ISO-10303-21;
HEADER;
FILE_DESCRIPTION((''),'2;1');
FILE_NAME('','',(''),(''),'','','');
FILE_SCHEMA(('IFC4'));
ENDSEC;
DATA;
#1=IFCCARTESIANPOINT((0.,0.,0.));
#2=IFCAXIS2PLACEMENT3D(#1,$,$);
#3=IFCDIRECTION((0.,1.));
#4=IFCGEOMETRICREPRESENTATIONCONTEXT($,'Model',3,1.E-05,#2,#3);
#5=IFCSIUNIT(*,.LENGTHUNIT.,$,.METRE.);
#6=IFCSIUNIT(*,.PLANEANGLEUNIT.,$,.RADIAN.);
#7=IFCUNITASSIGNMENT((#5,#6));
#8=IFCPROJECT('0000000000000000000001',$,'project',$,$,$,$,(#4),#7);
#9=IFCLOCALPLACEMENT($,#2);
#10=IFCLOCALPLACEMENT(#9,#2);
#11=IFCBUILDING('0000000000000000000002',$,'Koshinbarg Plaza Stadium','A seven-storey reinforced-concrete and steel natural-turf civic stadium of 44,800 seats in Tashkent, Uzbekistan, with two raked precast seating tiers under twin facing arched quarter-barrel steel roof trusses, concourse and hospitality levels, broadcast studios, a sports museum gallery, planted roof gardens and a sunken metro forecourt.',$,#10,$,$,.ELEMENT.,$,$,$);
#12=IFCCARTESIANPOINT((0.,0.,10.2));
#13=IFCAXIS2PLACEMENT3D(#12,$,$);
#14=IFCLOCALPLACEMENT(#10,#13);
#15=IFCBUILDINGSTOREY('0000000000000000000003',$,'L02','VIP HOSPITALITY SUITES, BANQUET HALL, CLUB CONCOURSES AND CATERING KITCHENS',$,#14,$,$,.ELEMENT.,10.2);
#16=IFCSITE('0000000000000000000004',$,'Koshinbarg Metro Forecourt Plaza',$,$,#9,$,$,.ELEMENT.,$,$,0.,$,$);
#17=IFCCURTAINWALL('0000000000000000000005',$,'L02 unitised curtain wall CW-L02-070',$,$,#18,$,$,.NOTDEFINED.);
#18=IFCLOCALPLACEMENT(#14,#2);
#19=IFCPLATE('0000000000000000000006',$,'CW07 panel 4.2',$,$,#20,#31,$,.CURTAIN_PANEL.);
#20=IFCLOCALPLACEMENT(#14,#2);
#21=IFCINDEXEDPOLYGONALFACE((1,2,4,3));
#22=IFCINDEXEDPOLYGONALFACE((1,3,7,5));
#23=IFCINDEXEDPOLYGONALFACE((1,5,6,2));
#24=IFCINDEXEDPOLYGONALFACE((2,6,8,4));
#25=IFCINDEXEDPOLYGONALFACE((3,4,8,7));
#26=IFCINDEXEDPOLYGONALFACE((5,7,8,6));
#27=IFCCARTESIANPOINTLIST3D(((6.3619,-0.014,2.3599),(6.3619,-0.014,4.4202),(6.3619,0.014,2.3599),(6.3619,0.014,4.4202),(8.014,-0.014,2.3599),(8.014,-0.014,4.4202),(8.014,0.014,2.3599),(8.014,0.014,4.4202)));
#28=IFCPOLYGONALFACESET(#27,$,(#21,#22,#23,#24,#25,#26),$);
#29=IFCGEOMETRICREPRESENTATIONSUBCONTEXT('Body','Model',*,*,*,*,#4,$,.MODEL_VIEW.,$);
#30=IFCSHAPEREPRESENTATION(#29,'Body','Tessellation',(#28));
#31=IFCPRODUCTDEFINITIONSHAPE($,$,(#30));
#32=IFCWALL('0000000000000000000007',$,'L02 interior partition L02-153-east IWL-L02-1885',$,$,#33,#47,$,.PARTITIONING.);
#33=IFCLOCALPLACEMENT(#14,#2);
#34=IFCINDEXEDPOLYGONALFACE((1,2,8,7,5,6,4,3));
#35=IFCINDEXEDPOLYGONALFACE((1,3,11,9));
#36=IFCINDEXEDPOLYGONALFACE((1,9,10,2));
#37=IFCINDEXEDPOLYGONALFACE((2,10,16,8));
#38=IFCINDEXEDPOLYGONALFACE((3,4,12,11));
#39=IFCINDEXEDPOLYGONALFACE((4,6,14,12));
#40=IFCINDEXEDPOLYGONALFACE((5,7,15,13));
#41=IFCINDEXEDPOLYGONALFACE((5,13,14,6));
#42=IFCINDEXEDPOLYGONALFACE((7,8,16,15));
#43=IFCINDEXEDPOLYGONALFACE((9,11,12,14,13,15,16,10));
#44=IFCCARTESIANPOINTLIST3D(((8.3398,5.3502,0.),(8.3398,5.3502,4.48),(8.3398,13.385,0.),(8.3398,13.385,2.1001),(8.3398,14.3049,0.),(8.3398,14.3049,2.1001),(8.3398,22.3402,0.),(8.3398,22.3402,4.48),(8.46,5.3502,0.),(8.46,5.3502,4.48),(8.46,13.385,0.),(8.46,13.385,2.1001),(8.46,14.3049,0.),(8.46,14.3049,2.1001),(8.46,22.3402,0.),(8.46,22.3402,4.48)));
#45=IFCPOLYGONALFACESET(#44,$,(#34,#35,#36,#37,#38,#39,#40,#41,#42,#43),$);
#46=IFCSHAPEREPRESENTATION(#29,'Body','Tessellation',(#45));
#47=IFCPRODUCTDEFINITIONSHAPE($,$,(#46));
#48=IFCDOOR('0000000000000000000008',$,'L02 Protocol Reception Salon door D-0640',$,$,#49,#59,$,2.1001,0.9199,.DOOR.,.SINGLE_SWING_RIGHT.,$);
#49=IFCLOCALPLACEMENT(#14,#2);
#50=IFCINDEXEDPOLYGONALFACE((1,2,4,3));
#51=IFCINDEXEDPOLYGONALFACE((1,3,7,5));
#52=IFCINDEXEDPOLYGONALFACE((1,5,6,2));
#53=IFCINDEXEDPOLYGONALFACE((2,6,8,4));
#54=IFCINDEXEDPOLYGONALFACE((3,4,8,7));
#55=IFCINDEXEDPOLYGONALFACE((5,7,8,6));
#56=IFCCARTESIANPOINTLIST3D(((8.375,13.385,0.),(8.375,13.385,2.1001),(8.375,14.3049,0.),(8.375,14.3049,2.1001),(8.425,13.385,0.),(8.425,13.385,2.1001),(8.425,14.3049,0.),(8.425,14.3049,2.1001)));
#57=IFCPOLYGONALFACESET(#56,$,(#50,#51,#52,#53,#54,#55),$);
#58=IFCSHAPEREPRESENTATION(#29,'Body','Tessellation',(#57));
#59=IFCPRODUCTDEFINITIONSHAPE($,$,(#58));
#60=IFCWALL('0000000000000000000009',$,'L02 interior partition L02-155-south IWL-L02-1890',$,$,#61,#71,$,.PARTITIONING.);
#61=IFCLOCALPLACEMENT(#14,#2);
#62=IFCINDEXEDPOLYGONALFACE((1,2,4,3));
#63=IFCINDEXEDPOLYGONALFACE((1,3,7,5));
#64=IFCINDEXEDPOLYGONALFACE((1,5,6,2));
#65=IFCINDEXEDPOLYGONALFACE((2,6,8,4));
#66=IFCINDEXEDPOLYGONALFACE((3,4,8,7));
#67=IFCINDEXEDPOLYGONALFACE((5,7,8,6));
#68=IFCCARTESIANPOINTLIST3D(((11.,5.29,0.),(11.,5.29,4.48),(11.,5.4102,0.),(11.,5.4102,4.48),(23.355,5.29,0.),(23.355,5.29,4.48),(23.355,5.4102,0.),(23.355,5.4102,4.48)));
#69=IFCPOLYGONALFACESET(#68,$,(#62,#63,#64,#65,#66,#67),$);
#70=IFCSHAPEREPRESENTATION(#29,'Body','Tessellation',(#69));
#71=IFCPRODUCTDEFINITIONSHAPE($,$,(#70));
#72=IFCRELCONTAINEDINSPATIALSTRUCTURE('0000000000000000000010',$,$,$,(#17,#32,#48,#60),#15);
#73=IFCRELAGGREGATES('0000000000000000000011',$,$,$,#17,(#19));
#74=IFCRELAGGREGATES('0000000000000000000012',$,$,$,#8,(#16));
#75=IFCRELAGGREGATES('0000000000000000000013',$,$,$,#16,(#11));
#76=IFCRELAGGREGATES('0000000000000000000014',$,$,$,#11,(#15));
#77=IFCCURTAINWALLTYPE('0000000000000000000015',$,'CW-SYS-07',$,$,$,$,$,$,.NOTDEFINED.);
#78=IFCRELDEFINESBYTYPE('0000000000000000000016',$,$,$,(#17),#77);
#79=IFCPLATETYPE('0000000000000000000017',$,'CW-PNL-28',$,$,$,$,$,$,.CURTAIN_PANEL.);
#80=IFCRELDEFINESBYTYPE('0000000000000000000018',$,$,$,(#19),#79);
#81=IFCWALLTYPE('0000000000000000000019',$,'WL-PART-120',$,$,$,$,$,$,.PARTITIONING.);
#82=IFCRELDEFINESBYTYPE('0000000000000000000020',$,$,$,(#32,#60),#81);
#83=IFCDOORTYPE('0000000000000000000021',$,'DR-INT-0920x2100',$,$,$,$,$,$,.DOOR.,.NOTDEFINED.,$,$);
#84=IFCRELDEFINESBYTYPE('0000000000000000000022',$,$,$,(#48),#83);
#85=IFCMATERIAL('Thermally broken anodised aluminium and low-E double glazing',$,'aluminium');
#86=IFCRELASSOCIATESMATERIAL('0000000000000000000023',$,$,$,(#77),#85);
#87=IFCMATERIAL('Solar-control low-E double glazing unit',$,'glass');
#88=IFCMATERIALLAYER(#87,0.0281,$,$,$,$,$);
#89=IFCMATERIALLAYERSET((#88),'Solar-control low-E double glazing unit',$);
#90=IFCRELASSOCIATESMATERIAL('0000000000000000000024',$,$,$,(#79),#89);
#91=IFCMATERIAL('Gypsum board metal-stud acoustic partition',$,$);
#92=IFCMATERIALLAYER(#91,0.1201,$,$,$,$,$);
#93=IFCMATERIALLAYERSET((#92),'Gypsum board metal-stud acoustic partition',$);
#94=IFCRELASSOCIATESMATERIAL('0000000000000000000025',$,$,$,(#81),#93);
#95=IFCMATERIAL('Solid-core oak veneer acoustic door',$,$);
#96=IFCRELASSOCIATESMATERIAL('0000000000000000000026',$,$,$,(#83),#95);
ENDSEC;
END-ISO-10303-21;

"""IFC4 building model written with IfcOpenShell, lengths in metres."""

from ifc_helpers import new_model, si_unit, direction, frame, frame_2d, origin, origin_2d, place, context, subcontext, project, spatial, rectangle, extrude, material, layer, layer_set, type_object, element, fill, aggregate, save


model = new_model("IFC4")

# Units and contexts
model_context = context("Model", 3, precision=1e-05, world=origin(), true_north=direction((0.0, 1.0)))
body_context = subcontext(model_context, "Body", "Model", "MODEL_VIEW")
ifc_project = project(units=[si_unit("LENGTHUNIT", "METRE"), si_unit("PLANEANGLEUNIT", "RADIAN")], contexts=[model_context])

# Site, building, storey
site_placement = place(None, origin())
site = spatial("IfcSite", under=ifc_project, at=site_placement, Name="Koshinbarg Metro Forecourt Plaza", CompositionType="ELEMENT", RefElevation=0.0)
building_placement = place(site_placement, origin())
building = spatial("IfcBuilding", under=site, at=building_placement, Name="Koshinbarg Plaza Stadium", Description="A seven-storey reinforced-concrete and steel natural-turf civic stadium of 44,800 seats in Tashkent, Uzbekistan, with two raked precast seating tiers under twin facing arched quarter-barrel steel roof trusses, concourse and hospitality levels, broadcast studios, a sports museum gallery, planted roof gardens and a sunken metro forecourt.", CompositionType="ELEMENT")
storey_placement = place(building_placement, frame((0.0, 0.0, 10.2)))
storey = spatial("IfcBuildingStorey", under=building, at=storey_placement, Name="L02", Description="VIP HOSPITALITY SUITES, BANQUET HALL, CLUB CONCOURSES AND CATERING KITCHENS", CompositionType="ELEMENT", Elevation=10.2)

# Curtain wall, plate
ifc_material_1 = material(Name="Thermally broken anodised aluminium and low-E double glazing", Category="aluminium")
curtain_wall_type = type_object("IfcCurtainWallType", Name="CW-SYS-07", PredefinedType="NOTDEFINED", material=ifc_material_1)
curtain_wall_placement = place(storey_placement, origin())
curtain_wall = element("IfcCurtainWall", 1, at=curtain_wall_placement, inside=storey, type_object=curtain_wall_type, Name="L02 unitised curtain wall CW-L02-070", PredefinedType="NOTDEFINED")
ifc_material_2 = material(Name="Solar-control low-E double glazing unit", Category="glass")
ifc_layer_1 = layer(ifc_material_2, 0.0281)
ifc_layer_set_1 = layer_set([ifc_layer_1], Name="Solar-control low-E double glazing unit")
plate_type = type_object("IfcPlateType", Name="CW-PNL-28", PredefinedType="CURTAIN_PANEL", material=ifc_layer_set_1)
plate_1_placement = place(storey_placement, frame((7.188, 0.0, 2.3599), z_axis=(0.0, 0.0, 1.0), x_axis=(-1.0, 0.0, 0.0)))
plate_1 = element("IfcPlate", 2, at=plate_1_placement, type_object=plate_type, Name="CW07 panel 4.2", PredefinedType="CURTAIN_PANEL", context=body_context, shape_type="SweptSolid", body=[
    extrude(rectangle(XDim=1.6521, YDim=0.0281, at=origin_2d()), origin(), (0.0, 0.0, 1.0), 2.0603),
])
aggregate(curtain_wall, [plate_1])

# Wall, opening, door
ifc_material_3 = material(Name="Gypsum board metal-stud acoustic partition")
ifc_layer_2 = layer(ifc_material_3, 0.1201)
ifc_layer_set_2 = layer_set([ifc_layer_2], Name="Gypsum board metal-stud acoustic partition")
wall_type = type_object("IfcWallType", Name="WL-PART-120", PredefinedType="PARTITIONING", material=ifc_layer_set_2)
wall_1_placement = place(storey_placement, frame((8.3999, 5.3501, 0.0), z_axis=(0.0, 0.0, 1.0), x_axis=(0.0, 1.0, 0.0)))
wall_1 = element("IfcWall", 3, at=wall_1_placement, inside=storey, type_object=wall_type, Name="L02 interior partition L02-153-east IWL-L02-1885", PredefinedType="PARTITIONING", context=body_context, shape_type="SweptSolid", body=[
    extrude(rectangle(XDim=16.99, YDim=0.1201, at=frame_2d((8.4951, 0.0))), origin(), (0.0, 0.0, 1.0), 4.48),
])
opening_placement = place(wall_1_placement, frame((8.0349, 0.0, 0.0)))
opening = element("IfcOpeningElement", 4, at=opening_placement, cuts=wall_1, PredefinedType="OPENING", context=body_context, shape_type="SweptSolid", body=[
    extrude(rectangle(XDim=0.9199, YDim=2.1001, at=frame_2d((0.46, 1.05))), frame((0.0, 0.0701, 0.0), z_axis=(0.0, -1.0, 0.0), x_axis=(1.0, 0.0, 0.0)), (0.0, 0.0, 1.0), 0.1401),
])
ifc_material_4 = material(Name="Solid-core oak veneer acoustic door")
door_type = type_object("IfcDoorType", Name="DR-INT-0920x2100", OperationType="NOTDEFINED", PredefinedType="DOOR", material=ifc_material_4)
door_placement = place(opening_placement, origin())
door = element("IfcDoor", 5, at=door_placement, inside=storey, type_object=door_type, Name="L02 Protocol Reception Salon door D-0640", OperationType="SINGLE_SWING_RIGHT", OverallHeight=2.1001, OverallWidth=0.9199, PredefinedType="DOOR", context=body_context, shape_type="SweptSolid", body=[
    extrude(rectangle(XDim=0.9199, YDim=2.1001, at=frame_2d((0.46, 1.05))), frame((0.0, 0.0249, 0.0), z_axis=(0.0, -1.0, 0.0), x_axis=(1.0, 0.0, 0.0)), (0.0, 0.0, 1.0), 0.05),
])
fill(opening, door)

# Wall
wall_2_placement = place(storey_placement, frame((11.0, 5.3501, 0.0), z_axis=(0.0, 0.0, 1.0), x_axis=(1.0, 0.0, 0.0)))
element("IfcWall", 6, at=wall_2_placement, inside=storey, type_object=wall_type, Name="L02 interior partition L02-155-south IWL-L02-1890", PredefinedType="PARTITIONING", context=body_context, shape_type="SweptSolid", body=[
    extrude(rectangle(XDim=12.355, YDim=0.1201, at=frame_2d((6.1775, 0.0))), origin(), (0.0, 0.0, 1.0), 4.48),
])

save(model, "model.ifc")
